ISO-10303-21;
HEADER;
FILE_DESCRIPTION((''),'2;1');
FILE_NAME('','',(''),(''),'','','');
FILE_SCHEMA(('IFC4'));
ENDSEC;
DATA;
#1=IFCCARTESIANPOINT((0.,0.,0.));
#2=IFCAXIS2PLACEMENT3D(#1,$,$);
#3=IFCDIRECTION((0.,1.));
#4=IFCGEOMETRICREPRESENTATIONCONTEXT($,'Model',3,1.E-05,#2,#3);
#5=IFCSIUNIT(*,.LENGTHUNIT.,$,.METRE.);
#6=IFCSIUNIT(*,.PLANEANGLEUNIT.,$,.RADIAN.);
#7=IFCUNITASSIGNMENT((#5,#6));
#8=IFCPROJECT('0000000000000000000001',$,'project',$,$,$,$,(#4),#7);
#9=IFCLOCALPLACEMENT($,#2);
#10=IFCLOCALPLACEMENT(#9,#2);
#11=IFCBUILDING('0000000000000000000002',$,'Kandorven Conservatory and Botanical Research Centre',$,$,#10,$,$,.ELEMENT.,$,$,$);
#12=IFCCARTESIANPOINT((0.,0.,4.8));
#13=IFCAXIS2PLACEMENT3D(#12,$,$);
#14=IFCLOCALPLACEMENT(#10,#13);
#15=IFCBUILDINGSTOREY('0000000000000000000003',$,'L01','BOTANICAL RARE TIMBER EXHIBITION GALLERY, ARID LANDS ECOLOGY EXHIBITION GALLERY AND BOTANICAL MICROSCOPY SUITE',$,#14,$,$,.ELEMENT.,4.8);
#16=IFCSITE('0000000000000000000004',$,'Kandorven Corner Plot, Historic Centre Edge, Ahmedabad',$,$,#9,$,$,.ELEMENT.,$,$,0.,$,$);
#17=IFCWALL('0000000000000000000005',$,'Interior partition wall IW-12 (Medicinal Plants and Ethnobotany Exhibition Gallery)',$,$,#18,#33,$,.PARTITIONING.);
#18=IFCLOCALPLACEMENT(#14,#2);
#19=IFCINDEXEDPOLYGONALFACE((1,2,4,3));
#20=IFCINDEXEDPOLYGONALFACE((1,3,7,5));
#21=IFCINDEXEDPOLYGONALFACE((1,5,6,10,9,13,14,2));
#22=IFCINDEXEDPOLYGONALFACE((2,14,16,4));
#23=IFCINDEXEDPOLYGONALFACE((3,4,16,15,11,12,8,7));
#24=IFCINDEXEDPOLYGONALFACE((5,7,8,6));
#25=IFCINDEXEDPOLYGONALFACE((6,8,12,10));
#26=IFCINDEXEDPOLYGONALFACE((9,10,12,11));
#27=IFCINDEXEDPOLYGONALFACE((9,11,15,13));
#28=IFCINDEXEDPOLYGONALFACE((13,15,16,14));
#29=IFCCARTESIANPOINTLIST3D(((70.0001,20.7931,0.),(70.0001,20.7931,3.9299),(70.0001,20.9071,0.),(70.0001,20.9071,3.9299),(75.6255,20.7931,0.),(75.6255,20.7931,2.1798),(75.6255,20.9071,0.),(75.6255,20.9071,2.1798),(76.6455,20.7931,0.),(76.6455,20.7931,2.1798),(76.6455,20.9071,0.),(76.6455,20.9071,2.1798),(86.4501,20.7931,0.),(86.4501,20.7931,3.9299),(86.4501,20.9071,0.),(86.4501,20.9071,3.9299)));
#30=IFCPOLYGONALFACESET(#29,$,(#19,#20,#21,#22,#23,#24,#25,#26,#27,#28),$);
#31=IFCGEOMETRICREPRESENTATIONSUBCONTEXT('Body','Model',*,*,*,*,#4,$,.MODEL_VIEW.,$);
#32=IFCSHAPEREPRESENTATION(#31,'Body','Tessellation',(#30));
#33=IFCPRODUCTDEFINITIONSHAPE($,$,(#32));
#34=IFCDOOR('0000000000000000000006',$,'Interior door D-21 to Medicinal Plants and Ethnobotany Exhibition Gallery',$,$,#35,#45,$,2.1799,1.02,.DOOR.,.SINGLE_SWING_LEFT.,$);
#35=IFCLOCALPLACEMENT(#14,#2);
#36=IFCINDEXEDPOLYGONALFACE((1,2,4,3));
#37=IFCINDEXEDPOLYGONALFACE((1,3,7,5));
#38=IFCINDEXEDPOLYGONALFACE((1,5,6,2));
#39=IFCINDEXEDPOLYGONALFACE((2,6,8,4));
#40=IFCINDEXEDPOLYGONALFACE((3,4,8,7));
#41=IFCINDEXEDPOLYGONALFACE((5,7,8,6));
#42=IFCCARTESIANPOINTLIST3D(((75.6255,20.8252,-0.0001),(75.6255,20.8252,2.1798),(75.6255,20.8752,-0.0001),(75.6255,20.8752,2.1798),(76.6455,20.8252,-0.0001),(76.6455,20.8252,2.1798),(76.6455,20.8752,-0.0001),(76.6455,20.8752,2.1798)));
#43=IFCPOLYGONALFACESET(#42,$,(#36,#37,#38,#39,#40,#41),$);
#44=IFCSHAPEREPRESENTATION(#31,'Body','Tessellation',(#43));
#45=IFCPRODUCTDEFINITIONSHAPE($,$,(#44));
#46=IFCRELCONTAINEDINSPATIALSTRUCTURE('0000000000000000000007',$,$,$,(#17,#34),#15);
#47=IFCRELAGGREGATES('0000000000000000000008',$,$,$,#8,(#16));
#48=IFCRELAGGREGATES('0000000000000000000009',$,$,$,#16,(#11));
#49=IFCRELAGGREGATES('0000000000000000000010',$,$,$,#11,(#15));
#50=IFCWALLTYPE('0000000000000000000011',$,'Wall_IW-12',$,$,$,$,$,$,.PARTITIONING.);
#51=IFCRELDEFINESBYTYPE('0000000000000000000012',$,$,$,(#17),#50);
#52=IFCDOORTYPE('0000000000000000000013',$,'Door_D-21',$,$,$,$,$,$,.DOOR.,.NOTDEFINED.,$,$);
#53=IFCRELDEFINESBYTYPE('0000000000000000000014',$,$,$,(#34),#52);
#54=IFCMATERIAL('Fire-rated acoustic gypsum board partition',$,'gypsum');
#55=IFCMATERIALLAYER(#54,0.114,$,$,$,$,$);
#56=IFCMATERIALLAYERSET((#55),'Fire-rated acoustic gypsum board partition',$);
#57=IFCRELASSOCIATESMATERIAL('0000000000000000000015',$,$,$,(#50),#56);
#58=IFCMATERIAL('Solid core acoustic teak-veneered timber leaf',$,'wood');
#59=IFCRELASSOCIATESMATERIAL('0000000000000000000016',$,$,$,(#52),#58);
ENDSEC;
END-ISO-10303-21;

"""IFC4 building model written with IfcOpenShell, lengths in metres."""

from ifc_helpers import new_model, si_unit, direction, frame, frame_2d, origin, place, context, subcontext, project, spatial, rectangle, extrude, material, layer, layer_set, type_object, element, fill, save


model = new_model("IFC4")

# Units and contexts
model_context = context("Model", 3, precision=1e-05, world=origin(), true_north=direction((0.0, 1.0)))
body_context = subcontext(model_context, "Body", "Model", "MODEL_VIEW")
ifc_project = project(units=[si_unit("LENGTHUNIT", "METRE"), si_unit("PLANEANGLEUNIT", "RADIAN")], contexts=[model_context])

# Site, building, storey
site_placement = place(None, origin())
site = spatial("IfcSite", under=ifc_project, at=site_placement, Name="Kandorven Corner Plot, Historic Centre Edge, Ahmedabad", CompositionType="ELEMENT", RefElevation=0.0)
building_placement = place(site_placement, origin())
building = spatial("IfcBuilding", under=site, at=building_placement, Name="Kandorven Conservatory and Botanical Research Centre", CompositionType="ELEMENT")
storey_placement = place(building_placement, frame((0.0, 0.0, 4.8)))
storey = spatial("IfcBuildingStorey", under=building, at=storey_placement, Name="L01", Description="BOTANICAL RARE TIMBER EXHIBITION GALLERY, ARID LANDS ECOLOGY EXHIBITION GALLERY AND BOTANICAL MICROSCOPY SUITE", CompositionType="ELEMENT", Elevation=4.8)

# Wall, opening, door
ifc_material_1 = material(Name="Fire-rated acoustic gypsum board partition", Category="gypsum")
ifc_layer_1 = layer(ifc_material_1, 0.114)
ifc_layer_set_1 = layer_set([ifc_layer_1], Name="Fire-rated acoustic gypsum board partition")
wall_type = type_object("IfcWallType", Name="Wall_IW-12", PredefinedType="PARTITIONING", material=ifc_layer_set_1)
wall_placement = place(storey_placement, frame((70.0, 20.8501, 0.0), z_axis=(0.0, 0.0, 1.0), x_axis=(1.0, 0.0, 0.0)))
wall = element("IfcWall", 1, at=wall_placement, inside=storey, type_object=wall_type, Name="Interior partition wall IW-12 (Medicinal Plants and Ethnobotany Exhibition Gallery)", PredefinedType="PARTITIONING", context=body_context, shape_type="SweptSolid", body=[
    extrude(rectangle(XDim=16.45, YDim=0.114, at=frame_2d((8.2251, 0.0))), origin(), (0.0, 0.0, 1.0), 3.9299),
])
opening_placement = place(wall_placement, frame((5.6255, 0.0, 0.0)))
opening = element("IfcOpeningElement", 2, at=opening_placement, cuts=wall, PredefinedType="OPENING", context=body_context, shape_type="SweptSolid", body=[
    extrude(rectangle(XDim=1.02, YDim=2.1799, at=frame_2d((0.51, 1.0898))), frame((0.0, 0.0669, 0.0), z_axis=(0.0, -1.0, 0.0), x_axis=(1.0, 0.0, 0.0)), (0.0, 0.0, 1.0), 0.134),
])
ifc_material_2 = material(Name="Solid core acoustic teak-veneered timber leaf", Category="wood")
door_type = type_object("IfcDoorType", Name="Door_D-21", OperationType="NOTDEFINED", PredefinedType="DOOR", material=ifc_material_2)
door_placement = place(opening_placement, frame((1.02, 0.0, 0.0), z_axis=(0.0, 0.0, 1.0), x_axis=(-1.0, 0.0, 0.0)))
door = element("IfcDoor", 3, at=door_placement, inside=storey, type_object=door_type, Name="Interior door D-21 to Medicinal Plants and Ethnobotany Exhibition Gallery", OperationType="SINGLE_SWING_LEFT", OverallHeight=2.1799, OverallWidth=1.02, PredefinedType="DOOR", context=body_context, shape_type="SweptSolid", body=[
    extrude(rectangle(XDim=1.02, YDim=2.1799, at=frame_2d((0.51, 1.0898))), frame((0.0, 0.0249, 0.0), z_axis=(0.0, -1.0, 0.0), x_axis=(1.0, 0.0, 0.0)), (0.0, 0.0, 1.0), 0.05),
])
fill(opening, door)

save(model, "model.ifc")
